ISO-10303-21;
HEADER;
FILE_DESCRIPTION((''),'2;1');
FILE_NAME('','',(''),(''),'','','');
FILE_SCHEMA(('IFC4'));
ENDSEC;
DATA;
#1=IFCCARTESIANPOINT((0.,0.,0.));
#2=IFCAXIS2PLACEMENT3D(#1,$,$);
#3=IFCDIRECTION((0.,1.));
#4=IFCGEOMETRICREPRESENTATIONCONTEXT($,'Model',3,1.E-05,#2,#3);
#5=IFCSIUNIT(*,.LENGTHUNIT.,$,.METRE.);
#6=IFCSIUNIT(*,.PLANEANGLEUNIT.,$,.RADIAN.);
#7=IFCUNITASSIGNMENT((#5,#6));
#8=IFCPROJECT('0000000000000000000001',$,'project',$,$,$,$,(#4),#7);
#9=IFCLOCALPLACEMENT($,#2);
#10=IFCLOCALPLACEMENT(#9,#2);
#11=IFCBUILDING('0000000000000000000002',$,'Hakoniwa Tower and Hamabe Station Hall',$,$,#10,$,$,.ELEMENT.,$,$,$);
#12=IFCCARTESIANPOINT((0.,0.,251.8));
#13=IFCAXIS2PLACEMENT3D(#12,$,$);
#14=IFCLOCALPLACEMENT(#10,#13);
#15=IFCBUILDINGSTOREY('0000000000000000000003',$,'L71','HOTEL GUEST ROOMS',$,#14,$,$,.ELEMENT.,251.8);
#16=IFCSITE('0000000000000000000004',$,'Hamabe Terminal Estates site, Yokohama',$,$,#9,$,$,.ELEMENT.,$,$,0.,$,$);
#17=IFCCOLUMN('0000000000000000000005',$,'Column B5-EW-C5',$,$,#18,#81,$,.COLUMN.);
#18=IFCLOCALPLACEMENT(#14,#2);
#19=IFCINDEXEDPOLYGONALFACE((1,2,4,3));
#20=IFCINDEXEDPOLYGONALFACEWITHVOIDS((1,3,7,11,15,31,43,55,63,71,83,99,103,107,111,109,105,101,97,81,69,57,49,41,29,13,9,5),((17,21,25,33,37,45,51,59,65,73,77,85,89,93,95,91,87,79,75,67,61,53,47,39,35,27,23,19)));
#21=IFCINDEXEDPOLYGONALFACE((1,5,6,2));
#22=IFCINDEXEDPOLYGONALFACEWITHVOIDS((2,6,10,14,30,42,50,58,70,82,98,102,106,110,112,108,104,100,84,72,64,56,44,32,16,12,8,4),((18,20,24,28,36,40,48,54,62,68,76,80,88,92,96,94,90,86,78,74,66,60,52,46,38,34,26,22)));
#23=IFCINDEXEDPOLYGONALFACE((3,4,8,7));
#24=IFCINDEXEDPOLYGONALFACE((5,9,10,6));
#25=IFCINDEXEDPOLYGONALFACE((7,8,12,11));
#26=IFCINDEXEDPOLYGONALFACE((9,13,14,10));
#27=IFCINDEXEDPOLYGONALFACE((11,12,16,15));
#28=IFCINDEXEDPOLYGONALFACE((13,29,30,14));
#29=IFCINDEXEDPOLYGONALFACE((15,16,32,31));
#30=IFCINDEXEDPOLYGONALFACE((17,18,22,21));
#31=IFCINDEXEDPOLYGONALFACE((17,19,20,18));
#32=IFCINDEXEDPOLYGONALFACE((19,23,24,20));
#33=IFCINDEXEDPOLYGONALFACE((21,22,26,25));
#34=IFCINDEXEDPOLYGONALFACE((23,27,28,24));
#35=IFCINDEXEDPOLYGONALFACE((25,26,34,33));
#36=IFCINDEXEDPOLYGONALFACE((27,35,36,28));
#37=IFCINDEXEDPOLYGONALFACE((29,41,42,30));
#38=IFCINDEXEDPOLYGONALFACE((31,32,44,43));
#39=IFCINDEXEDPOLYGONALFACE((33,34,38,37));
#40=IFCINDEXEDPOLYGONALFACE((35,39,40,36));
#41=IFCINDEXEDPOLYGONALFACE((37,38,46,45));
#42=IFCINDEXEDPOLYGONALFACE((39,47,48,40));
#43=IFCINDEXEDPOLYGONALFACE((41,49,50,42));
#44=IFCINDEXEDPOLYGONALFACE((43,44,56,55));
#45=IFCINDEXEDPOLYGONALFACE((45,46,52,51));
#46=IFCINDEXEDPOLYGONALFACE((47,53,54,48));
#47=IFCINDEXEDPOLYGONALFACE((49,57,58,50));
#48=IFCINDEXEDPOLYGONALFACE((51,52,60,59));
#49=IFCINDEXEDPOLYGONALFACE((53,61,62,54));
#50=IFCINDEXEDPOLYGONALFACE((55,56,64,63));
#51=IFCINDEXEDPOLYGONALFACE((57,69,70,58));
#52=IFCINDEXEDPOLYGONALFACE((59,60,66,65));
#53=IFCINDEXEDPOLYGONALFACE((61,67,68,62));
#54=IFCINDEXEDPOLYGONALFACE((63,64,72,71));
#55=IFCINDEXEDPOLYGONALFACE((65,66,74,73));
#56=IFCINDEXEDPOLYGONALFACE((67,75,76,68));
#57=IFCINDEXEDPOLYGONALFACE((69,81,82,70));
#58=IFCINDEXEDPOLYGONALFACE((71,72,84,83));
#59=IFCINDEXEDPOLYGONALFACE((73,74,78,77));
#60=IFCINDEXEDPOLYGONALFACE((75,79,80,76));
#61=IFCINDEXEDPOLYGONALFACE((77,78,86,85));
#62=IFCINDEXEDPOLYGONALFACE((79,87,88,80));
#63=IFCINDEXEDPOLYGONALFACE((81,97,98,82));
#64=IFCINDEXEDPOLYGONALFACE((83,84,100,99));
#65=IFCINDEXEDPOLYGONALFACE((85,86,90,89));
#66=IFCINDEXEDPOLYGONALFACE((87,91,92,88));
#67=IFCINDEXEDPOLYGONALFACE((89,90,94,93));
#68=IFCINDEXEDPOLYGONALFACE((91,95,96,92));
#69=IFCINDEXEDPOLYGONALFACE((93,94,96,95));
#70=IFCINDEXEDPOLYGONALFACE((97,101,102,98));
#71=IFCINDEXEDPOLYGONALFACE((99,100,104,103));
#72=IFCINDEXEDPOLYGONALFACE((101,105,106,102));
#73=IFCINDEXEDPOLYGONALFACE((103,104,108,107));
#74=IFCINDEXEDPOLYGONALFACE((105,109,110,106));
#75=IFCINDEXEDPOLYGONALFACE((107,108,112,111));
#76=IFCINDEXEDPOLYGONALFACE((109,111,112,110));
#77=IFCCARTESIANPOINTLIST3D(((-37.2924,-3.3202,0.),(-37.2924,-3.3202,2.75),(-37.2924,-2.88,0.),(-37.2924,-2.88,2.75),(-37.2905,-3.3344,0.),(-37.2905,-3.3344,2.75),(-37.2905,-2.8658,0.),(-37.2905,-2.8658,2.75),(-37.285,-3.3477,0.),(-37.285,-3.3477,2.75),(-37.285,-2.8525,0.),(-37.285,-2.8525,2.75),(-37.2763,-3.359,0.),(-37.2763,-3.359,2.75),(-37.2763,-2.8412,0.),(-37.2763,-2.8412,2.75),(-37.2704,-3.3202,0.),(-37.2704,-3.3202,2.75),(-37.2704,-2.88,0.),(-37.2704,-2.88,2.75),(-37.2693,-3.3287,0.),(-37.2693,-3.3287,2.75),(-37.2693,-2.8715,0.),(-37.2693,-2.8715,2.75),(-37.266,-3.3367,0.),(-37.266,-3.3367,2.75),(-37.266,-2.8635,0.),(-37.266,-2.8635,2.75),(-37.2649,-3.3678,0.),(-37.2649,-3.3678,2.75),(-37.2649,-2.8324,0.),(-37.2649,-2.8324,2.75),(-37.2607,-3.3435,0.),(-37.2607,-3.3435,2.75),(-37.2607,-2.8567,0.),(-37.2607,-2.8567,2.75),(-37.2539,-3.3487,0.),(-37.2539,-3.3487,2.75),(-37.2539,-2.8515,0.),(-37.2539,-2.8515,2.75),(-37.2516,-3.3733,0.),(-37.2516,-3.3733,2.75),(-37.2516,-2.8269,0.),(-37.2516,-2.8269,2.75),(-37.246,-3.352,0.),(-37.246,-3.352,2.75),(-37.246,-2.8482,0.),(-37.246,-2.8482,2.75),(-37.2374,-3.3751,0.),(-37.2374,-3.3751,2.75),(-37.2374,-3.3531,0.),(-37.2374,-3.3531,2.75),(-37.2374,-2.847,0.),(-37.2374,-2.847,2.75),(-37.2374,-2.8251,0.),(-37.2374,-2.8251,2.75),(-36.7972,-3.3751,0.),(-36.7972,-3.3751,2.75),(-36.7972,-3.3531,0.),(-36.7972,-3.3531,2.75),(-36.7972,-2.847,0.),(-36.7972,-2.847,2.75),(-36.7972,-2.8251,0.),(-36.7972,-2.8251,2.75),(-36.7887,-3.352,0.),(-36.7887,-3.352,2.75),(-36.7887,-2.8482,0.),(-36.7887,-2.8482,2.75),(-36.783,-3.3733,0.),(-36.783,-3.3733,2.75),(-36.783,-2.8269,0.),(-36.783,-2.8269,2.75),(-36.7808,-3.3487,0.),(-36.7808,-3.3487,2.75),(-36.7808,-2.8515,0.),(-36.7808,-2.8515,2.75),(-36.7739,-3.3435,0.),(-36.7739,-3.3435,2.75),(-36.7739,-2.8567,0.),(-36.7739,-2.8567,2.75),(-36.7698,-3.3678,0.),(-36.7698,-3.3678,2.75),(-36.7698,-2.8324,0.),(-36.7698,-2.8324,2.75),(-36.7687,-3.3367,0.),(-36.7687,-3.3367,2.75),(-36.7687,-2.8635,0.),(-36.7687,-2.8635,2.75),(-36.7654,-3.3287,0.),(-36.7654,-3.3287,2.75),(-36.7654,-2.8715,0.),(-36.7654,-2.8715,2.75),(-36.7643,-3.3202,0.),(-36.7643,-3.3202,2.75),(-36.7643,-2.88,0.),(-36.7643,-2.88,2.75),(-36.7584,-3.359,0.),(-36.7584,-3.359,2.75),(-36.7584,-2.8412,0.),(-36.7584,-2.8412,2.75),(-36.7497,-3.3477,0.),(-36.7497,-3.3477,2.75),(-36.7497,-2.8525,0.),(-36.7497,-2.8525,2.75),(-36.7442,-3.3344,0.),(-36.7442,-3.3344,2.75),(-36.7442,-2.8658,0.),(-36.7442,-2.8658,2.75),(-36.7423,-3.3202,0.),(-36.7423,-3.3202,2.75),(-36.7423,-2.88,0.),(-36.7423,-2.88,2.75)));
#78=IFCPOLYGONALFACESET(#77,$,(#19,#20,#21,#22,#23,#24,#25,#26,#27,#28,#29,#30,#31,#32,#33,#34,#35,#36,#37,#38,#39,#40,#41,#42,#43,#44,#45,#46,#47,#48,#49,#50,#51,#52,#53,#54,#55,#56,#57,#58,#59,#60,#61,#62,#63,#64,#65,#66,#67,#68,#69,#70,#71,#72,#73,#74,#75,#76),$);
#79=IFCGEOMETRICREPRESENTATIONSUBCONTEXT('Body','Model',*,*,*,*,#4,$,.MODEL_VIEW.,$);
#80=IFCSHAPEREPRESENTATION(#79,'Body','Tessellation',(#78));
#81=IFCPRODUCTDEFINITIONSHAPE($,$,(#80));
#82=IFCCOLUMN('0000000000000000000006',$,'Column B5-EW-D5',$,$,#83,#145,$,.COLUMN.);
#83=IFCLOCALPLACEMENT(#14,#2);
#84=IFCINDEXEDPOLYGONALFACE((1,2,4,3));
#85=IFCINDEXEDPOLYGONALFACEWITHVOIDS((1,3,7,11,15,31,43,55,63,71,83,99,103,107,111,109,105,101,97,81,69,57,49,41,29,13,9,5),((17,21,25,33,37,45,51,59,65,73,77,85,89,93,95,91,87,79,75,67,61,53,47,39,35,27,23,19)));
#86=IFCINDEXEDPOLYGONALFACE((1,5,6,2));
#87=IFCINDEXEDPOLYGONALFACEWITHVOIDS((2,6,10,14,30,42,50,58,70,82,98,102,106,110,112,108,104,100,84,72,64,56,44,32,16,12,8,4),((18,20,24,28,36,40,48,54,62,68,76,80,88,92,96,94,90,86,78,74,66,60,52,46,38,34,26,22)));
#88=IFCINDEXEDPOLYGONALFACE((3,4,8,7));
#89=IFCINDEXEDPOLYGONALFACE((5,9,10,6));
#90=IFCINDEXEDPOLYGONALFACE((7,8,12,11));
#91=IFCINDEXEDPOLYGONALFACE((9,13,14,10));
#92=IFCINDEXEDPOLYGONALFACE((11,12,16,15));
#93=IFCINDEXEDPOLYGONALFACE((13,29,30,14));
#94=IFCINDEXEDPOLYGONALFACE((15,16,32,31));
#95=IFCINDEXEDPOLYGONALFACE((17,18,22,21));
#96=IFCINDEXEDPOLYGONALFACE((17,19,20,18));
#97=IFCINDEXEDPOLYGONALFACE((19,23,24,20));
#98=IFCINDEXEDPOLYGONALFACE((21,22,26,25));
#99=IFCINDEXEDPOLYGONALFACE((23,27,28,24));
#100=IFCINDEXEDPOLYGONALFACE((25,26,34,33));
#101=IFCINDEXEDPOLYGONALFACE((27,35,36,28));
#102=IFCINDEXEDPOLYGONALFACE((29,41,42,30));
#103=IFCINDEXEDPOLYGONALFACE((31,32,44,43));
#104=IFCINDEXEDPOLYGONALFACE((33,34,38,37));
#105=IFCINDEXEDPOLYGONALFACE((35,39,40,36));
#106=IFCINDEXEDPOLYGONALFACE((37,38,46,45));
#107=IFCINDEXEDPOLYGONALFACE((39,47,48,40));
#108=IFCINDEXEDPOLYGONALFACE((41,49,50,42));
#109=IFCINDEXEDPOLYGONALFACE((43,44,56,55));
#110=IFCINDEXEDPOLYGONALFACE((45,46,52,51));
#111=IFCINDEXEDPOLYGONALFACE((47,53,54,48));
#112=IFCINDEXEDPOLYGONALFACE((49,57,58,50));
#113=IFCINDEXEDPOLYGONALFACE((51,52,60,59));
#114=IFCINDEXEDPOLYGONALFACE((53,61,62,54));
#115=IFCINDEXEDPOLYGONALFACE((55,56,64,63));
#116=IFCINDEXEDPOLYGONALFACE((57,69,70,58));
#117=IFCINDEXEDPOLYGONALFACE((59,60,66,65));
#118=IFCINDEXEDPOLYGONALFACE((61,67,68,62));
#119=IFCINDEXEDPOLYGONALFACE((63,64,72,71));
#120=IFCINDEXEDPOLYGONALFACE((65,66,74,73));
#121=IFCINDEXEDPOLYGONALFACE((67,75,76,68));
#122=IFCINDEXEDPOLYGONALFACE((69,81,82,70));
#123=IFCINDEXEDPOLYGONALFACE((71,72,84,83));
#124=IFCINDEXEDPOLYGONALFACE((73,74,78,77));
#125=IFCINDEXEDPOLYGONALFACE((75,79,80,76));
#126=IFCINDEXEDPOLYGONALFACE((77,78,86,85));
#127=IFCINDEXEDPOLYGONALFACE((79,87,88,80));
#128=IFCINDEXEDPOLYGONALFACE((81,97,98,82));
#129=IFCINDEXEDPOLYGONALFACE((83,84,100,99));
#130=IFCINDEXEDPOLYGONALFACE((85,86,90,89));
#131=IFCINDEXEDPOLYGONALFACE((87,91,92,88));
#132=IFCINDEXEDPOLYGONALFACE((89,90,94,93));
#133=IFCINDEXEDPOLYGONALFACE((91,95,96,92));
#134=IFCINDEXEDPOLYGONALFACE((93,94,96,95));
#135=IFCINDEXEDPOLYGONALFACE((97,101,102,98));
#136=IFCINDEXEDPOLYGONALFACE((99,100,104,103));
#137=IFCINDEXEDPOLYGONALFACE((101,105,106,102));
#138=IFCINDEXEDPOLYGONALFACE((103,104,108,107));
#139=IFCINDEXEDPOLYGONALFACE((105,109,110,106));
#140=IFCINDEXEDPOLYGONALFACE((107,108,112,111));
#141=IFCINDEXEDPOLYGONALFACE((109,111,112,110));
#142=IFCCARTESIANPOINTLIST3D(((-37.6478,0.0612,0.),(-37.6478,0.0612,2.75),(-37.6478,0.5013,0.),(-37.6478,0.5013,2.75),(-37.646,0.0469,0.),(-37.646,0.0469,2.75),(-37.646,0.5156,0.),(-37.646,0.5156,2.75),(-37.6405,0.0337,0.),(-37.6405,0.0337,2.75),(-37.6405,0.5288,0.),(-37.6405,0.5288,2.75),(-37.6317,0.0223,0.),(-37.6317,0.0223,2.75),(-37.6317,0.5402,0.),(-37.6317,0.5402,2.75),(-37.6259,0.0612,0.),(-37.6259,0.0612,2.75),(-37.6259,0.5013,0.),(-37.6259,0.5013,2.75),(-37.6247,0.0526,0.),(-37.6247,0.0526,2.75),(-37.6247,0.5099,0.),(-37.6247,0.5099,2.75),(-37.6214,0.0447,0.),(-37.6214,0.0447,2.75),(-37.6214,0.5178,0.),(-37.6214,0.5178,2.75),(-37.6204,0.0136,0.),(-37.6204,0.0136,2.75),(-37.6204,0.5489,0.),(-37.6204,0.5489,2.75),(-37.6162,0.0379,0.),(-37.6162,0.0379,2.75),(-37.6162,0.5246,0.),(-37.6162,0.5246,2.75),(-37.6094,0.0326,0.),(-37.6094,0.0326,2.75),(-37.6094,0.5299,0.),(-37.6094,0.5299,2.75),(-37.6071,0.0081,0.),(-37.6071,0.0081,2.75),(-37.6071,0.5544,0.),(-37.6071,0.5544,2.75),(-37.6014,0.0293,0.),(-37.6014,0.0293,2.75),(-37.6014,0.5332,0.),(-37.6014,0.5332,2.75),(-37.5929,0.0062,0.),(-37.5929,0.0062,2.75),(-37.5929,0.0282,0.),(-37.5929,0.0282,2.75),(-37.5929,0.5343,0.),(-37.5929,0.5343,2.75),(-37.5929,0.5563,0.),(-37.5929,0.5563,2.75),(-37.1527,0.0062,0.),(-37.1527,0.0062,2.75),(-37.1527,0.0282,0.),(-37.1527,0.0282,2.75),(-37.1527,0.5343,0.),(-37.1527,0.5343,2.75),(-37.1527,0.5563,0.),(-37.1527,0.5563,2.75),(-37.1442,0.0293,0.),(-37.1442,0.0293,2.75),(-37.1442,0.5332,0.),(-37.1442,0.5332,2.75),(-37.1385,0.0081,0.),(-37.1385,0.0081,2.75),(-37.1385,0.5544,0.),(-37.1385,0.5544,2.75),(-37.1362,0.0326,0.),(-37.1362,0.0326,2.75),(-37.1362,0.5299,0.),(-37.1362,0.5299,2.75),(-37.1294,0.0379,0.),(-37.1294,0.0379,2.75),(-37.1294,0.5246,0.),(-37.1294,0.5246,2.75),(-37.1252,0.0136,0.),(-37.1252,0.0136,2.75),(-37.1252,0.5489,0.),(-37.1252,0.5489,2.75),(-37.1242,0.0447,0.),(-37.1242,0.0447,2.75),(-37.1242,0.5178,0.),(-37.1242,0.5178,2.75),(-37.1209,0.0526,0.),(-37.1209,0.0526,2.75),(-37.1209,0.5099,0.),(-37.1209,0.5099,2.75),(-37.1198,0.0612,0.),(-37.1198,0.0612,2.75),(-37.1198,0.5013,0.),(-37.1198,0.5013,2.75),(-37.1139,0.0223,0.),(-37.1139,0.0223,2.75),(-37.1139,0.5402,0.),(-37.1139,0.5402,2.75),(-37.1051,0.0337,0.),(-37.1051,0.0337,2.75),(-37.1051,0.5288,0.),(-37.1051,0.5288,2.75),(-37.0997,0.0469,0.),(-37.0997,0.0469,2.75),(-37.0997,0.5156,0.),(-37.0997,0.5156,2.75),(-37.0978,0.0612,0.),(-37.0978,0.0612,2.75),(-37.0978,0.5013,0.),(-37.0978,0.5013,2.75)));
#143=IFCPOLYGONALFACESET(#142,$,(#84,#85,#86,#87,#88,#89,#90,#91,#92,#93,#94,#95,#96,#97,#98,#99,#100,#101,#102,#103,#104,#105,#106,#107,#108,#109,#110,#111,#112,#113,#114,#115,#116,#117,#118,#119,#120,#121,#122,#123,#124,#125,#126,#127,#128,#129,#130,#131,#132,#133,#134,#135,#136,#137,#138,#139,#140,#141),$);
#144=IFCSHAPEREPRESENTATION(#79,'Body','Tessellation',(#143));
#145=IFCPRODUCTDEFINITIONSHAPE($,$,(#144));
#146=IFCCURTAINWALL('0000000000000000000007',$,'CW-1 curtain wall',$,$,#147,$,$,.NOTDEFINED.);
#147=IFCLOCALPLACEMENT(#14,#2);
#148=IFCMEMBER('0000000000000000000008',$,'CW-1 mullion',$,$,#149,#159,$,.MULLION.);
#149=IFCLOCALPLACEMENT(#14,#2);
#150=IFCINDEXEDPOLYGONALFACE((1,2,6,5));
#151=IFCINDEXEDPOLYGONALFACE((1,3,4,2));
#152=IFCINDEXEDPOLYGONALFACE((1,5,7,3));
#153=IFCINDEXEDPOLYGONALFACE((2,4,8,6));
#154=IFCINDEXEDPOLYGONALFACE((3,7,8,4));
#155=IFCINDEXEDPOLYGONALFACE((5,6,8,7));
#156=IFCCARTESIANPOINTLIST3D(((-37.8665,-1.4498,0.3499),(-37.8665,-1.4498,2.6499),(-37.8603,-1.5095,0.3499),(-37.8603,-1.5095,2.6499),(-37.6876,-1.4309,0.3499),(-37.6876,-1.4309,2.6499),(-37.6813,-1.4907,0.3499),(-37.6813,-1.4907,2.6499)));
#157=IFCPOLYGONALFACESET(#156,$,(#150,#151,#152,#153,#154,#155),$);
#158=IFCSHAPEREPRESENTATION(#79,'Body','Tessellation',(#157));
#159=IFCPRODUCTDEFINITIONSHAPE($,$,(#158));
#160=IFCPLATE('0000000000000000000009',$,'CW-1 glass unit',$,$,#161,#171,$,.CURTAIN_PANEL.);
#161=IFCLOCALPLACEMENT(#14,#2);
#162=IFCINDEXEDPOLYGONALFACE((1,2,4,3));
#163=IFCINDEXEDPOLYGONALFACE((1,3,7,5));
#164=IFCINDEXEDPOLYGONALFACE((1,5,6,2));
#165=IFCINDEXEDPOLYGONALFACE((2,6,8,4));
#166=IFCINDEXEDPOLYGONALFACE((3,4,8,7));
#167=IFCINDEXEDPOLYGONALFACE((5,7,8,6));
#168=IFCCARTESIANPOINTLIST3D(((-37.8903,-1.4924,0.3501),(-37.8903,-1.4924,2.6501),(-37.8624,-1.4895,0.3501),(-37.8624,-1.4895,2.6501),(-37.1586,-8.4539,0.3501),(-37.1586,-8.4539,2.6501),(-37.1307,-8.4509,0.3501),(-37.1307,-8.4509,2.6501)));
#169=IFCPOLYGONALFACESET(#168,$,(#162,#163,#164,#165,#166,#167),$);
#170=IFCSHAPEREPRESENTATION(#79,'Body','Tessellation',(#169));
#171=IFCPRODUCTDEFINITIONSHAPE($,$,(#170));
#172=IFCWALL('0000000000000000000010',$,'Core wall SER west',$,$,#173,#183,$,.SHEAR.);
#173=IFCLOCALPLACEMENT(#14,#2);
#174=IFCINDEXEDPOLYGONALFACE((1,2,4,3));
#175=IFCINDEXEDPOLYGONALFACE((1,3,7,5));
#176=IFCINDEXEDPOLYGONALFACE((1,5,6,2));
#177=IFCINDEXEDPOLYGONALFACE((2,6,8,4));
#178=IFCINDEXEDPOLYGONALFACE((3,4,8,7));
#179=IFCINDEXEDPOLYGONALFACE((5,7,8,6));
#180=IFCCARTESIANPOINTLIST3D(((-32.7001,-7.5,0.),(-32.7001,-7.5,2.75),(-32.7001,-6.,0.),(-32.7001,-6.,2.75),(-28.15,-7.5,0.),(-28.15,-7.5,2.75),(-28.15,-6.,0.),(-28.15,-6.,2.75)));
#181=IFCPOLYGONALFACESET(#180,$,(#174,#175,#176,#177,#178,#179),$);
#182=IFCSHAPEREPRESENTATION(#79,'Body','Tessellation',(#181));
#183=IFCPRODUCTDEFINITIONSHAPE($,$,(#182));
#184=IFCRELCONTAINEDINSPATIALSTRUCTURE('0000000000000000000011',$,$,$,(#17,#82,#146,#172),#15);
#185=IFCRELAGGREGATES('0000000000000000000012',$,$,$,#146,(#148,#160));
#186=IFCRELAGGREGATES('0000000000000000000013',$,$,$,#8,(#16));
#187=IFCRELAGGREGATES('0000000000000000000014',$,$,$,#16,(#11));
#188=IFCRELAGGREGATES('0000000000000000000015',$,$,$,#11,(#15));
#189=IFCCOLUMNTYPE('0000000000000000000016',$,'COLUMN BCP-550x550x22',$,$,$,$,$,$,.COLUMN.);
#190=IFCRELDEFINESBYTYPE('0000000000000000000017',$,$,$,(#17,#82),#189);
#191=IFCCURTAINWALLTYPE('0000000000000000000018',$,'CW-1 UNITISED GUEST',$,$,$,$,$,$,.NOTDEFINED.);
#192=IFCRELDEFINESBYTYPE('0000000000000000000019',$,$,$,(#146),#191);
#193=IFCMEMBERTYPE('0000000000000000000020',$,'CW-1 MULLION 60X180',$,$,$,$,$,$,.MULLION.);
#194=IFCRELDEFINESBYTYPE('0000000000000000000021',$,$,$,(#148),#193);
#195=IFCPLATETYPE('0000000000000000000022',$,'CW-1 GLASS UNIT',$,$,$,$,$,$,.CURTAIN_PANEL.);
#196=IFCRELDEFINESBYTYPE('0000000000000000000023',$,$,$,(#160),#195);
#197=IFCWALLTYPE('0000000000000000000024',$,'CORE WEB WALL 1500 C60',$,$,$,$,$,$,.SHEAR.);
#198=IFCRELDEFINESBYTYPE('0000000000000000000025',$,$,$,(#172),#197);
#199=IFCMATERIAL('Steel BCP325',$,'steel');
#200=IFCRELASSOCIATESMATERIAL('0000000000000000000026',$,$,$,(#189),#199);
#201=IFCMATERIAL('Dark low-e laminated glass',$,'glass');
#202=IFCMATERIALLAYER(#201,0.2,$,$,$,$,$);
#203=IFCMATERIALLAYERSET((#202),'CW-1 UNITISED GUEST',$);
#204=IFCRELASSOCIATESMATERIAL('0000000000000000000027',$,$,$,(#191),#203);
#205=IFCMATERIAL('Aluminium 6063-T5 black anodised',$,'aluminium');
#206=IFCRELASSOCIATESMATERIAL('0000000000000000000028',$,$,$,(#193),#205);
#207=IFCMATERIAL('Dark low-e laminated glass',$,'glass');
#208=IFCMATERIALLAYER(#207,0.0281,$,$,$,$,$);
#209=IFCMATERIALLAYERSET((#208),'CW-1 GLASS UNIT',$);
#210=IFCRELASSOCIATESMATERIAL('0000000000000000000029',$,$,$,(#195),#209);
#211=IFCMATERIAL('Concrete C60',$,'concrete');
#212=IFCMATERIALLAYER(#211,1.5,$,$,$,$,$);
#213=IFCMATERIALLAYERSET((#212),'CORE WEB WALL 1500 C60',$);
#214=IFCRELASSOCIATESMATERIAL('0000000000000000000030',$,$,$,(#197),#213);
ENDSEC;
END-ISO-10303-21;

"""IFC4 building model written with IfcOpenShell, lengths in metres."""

from ifc_helpers import new_model, si_unit, direction, frame, frame_2d, origin, origin_2d, place, context, subcontext, project, spatial, rectangle, hollow_rectangle, extrude, material, layer, layer_set, material_profile, profile_set, type_object, element, aggregate, save


model = new_model("IFC4")

# Units and contexts
model_context = context("Model", 3, precision=1e-05, world=origin(), true_north=direction((0.0, 1.0)))
body_context = subcontext(model_context, "Body", "Model", "MODEL_VIEW")
ifc_project = project(units=[si_unit("LENGTHUNIT", "METRE"), si_unit("PLANEANGLEUNIT", "RADIAN")], contexts=[model_context])

# Site, building, storey
site_placement = place(None, origin())
site = spatial("IfcSite", under=ifc_project, at=site_placement, Name="Hamabe Terminal Estates site, Yokohama", CompositionType="ELEMENT", RefElevation=0.0)
building_placement = place(site_placement, origin())
building = spatial("IfcBuilding", under=site, at=building_placement, Name="Hakoniwa Tower and Hamabe Station Hall", CompositionType="ELEMENT")
storey_placement = place(building_placement, frame((0.0, 0.0, 251.8)))
storey = spatial("IfcBuildingStorey", under=building, at=storey_placement, Name="L71", Description="HOTEL GUEST ROOMS", CompositionType="ELEMENT", Elevation=251.8)

# Columns
ifc_material_1 = material(Name="Steel BCP325", Category="steel")
ifc_material_profile_1 = material_profile(ifc_material_1, hollow_rectangle(XDim=0.55, YDim=0.55, WallThickness=0.022, InnerFilletRadius=0.033, OuterFilletRadius=0.0549, at=origin_2d()), Name="BCP-550x550x22")
ifc_profile_set_1 = profile_set([ifc_material_profile_1], Name="Steel BCP325")
column_type = type_object("IfcColumnType", Name="COLUMN BCP-550x550x22", PredefinedType="COLUMN", material=ifc_profile_set_1)
for number, where, z_axis, x_axis, name in (
    (1, (-37.0173, -3.1001, 0.0), (0.0, 0.0, 1.0), (1.0, 0.0, 0.0), "Column B5-EW-C5"),
    (2, (-37.3728, 0.2812, 0.0), (0.0, 0.0, 1.0), (1.0, 0.0, 0.0), "Column B5-EW-D5"),
):
    element("IfcColumn", number, at=place(storey_placement, frame(where, z_axis=z_axis, x_axis=x_axis)), inside=storey, type_object=column_type, Name=name, PredefinedType="COLUMN", context=body_context, shape_type="SweptSolid", body=[
        extrude(hollow_rectangle(XDim=0.55, YDim=0.55, WallThickness=0.022, InnerFilletRadius=0.033, OuterFilletRadius=0.0549, at=origin_2d()), origin(), (0.0, 0.0, 1.0), 2.75),
    ])

# Curtain wall, member, plate
ifc_material_2 = material(Name="Dark low-e laminated glass", Category="glass")
ifc_layer_1 = layer(ifc_material_2, 0.2)
ifc_layer_set_1 = layer_set([ifc_layer_1], Name="CW-1 UNITISED GUEST")
curtain_wall_type = type_object("IfcCurtainWallType", Name="CW-1 UNITISED GUEST", PredefinedType="NOTDEFINED", material=ifc_layer_set_1)
curtain_wall_placement = place(storey_placement, origin())
curtain_wall = element("IfcCurtainWall", 3, at=curtain_wall_placement, inside=storey, type_object=curtain_wall_type, Name="CW-1 curtain wall", PredefinedType="NOTDEFINED")
ifc_material_3 = material(Name="Aluminium 6063-T5 black anodised", Category="aluminium")
ifc_material_profile_2 = material_profile(ifc_material_3, rectangle(XDim=0.0601, YDim=0.1799, at=origin_2d()), Name="CW-1 MULLION 60X180")
ifc_profile_set_2 = profile_set([ifc_material_profile_2], Name="Aluminium 6063-T5 black anodised")
member_type = type_object("IfcMemberType", Name="CW-1 MULLION 60X180", PredefinedType="MULLION", material=ifc_profile_set_2)
member_placement = place(storey_placement, frame((-37.7739, -1.4702, 0.3499), z_axis=(0.0, 0.0, 1.0), x_axis=(0.104528, -0.994522, 0.0)))
member = element("IfcMember", 4, at=member_placement, type_object=member_type, Name="CW-1 mullion", PredefinedType="MULLION", context=body_context, shape_type="SweptSolid", body=[
    extrude(rectangle(XDim=0.0601, YDim=0.1799, at=origin_2d()), origin(), (0.0, 0.0, 1.0), 2.3),
])
ifc_material_4 = material(Name="Dark low-e laminated glass", Category="glass")
ifc_layer_2 = layer(ifc_material_4, 0.0281)
ifc_layer_set_2 = layer_set([ifc_layer_2], Name="CW-1 GLASS UNIT")
plate_type = type_object("IfcPlateType", Name="CW-1 GLASS UNIT", PredefinedType="CURTAIN_PANEL", material=ifc_layer_set_2)
plate_placement = place(storey_placement, frame((-37.5105, -4.9717, 0.3501), z_axis=(0.0, 0.0, 1.0), x_axis=(0.104528, -0.994522, 0.0)))
plate = element("IfcPlate", 5, at=plate_placement, type_object=plate_type, Name="CW-1 glass unit", PredefinedType="CURTAIN_PANEL", context=body_context, shape_type="SweptSolid", body=[
    extrude(rectangle(XDim=6.9998, YDim=0.0281, at=origin_2d()), origin(), (0.0, 0.0, 1.0), 2.3),
])
aggregate(curtain_wall, [member, plate])

# Wall
ifc_material_5 = material(Name="Concrete C60", Category="concrete")
ifc_layer_3 = layer(ifc_material_5, 1.5)
ifc_layer_set_3 = layer_set([ifc_layer_3], Name="CORE WEB WALL 1500 C60")
wall_type_1 = type_object("IfcWallType", Name="CORE WEB WALL 1500 C60", PredefinedType="SHEAR", material=ifc_layer_set_3)
wall_1_placement = place(storey_placement, frame((-32.7, -6.75, 0.0), z_axis=(0.0, 0.0, 1.0), x_axis=(1.0, 0.0, 0.0)))
element("IfcWall", 6, at=wall_1_placement, inside=storey, type_object=wall_type_1, Name="Core wall SER west", PredefinedType="SHEAR", context=body_context, shape_type="SweptSolid", body=[
    extrude(rectangle(XDim=4.55, YDim=1.5, at=frame_2d((2.2749, 0.0))), origin(), (0.0, 0.0, 1.0), 2.75),
])

save(model, "model.ifc")
